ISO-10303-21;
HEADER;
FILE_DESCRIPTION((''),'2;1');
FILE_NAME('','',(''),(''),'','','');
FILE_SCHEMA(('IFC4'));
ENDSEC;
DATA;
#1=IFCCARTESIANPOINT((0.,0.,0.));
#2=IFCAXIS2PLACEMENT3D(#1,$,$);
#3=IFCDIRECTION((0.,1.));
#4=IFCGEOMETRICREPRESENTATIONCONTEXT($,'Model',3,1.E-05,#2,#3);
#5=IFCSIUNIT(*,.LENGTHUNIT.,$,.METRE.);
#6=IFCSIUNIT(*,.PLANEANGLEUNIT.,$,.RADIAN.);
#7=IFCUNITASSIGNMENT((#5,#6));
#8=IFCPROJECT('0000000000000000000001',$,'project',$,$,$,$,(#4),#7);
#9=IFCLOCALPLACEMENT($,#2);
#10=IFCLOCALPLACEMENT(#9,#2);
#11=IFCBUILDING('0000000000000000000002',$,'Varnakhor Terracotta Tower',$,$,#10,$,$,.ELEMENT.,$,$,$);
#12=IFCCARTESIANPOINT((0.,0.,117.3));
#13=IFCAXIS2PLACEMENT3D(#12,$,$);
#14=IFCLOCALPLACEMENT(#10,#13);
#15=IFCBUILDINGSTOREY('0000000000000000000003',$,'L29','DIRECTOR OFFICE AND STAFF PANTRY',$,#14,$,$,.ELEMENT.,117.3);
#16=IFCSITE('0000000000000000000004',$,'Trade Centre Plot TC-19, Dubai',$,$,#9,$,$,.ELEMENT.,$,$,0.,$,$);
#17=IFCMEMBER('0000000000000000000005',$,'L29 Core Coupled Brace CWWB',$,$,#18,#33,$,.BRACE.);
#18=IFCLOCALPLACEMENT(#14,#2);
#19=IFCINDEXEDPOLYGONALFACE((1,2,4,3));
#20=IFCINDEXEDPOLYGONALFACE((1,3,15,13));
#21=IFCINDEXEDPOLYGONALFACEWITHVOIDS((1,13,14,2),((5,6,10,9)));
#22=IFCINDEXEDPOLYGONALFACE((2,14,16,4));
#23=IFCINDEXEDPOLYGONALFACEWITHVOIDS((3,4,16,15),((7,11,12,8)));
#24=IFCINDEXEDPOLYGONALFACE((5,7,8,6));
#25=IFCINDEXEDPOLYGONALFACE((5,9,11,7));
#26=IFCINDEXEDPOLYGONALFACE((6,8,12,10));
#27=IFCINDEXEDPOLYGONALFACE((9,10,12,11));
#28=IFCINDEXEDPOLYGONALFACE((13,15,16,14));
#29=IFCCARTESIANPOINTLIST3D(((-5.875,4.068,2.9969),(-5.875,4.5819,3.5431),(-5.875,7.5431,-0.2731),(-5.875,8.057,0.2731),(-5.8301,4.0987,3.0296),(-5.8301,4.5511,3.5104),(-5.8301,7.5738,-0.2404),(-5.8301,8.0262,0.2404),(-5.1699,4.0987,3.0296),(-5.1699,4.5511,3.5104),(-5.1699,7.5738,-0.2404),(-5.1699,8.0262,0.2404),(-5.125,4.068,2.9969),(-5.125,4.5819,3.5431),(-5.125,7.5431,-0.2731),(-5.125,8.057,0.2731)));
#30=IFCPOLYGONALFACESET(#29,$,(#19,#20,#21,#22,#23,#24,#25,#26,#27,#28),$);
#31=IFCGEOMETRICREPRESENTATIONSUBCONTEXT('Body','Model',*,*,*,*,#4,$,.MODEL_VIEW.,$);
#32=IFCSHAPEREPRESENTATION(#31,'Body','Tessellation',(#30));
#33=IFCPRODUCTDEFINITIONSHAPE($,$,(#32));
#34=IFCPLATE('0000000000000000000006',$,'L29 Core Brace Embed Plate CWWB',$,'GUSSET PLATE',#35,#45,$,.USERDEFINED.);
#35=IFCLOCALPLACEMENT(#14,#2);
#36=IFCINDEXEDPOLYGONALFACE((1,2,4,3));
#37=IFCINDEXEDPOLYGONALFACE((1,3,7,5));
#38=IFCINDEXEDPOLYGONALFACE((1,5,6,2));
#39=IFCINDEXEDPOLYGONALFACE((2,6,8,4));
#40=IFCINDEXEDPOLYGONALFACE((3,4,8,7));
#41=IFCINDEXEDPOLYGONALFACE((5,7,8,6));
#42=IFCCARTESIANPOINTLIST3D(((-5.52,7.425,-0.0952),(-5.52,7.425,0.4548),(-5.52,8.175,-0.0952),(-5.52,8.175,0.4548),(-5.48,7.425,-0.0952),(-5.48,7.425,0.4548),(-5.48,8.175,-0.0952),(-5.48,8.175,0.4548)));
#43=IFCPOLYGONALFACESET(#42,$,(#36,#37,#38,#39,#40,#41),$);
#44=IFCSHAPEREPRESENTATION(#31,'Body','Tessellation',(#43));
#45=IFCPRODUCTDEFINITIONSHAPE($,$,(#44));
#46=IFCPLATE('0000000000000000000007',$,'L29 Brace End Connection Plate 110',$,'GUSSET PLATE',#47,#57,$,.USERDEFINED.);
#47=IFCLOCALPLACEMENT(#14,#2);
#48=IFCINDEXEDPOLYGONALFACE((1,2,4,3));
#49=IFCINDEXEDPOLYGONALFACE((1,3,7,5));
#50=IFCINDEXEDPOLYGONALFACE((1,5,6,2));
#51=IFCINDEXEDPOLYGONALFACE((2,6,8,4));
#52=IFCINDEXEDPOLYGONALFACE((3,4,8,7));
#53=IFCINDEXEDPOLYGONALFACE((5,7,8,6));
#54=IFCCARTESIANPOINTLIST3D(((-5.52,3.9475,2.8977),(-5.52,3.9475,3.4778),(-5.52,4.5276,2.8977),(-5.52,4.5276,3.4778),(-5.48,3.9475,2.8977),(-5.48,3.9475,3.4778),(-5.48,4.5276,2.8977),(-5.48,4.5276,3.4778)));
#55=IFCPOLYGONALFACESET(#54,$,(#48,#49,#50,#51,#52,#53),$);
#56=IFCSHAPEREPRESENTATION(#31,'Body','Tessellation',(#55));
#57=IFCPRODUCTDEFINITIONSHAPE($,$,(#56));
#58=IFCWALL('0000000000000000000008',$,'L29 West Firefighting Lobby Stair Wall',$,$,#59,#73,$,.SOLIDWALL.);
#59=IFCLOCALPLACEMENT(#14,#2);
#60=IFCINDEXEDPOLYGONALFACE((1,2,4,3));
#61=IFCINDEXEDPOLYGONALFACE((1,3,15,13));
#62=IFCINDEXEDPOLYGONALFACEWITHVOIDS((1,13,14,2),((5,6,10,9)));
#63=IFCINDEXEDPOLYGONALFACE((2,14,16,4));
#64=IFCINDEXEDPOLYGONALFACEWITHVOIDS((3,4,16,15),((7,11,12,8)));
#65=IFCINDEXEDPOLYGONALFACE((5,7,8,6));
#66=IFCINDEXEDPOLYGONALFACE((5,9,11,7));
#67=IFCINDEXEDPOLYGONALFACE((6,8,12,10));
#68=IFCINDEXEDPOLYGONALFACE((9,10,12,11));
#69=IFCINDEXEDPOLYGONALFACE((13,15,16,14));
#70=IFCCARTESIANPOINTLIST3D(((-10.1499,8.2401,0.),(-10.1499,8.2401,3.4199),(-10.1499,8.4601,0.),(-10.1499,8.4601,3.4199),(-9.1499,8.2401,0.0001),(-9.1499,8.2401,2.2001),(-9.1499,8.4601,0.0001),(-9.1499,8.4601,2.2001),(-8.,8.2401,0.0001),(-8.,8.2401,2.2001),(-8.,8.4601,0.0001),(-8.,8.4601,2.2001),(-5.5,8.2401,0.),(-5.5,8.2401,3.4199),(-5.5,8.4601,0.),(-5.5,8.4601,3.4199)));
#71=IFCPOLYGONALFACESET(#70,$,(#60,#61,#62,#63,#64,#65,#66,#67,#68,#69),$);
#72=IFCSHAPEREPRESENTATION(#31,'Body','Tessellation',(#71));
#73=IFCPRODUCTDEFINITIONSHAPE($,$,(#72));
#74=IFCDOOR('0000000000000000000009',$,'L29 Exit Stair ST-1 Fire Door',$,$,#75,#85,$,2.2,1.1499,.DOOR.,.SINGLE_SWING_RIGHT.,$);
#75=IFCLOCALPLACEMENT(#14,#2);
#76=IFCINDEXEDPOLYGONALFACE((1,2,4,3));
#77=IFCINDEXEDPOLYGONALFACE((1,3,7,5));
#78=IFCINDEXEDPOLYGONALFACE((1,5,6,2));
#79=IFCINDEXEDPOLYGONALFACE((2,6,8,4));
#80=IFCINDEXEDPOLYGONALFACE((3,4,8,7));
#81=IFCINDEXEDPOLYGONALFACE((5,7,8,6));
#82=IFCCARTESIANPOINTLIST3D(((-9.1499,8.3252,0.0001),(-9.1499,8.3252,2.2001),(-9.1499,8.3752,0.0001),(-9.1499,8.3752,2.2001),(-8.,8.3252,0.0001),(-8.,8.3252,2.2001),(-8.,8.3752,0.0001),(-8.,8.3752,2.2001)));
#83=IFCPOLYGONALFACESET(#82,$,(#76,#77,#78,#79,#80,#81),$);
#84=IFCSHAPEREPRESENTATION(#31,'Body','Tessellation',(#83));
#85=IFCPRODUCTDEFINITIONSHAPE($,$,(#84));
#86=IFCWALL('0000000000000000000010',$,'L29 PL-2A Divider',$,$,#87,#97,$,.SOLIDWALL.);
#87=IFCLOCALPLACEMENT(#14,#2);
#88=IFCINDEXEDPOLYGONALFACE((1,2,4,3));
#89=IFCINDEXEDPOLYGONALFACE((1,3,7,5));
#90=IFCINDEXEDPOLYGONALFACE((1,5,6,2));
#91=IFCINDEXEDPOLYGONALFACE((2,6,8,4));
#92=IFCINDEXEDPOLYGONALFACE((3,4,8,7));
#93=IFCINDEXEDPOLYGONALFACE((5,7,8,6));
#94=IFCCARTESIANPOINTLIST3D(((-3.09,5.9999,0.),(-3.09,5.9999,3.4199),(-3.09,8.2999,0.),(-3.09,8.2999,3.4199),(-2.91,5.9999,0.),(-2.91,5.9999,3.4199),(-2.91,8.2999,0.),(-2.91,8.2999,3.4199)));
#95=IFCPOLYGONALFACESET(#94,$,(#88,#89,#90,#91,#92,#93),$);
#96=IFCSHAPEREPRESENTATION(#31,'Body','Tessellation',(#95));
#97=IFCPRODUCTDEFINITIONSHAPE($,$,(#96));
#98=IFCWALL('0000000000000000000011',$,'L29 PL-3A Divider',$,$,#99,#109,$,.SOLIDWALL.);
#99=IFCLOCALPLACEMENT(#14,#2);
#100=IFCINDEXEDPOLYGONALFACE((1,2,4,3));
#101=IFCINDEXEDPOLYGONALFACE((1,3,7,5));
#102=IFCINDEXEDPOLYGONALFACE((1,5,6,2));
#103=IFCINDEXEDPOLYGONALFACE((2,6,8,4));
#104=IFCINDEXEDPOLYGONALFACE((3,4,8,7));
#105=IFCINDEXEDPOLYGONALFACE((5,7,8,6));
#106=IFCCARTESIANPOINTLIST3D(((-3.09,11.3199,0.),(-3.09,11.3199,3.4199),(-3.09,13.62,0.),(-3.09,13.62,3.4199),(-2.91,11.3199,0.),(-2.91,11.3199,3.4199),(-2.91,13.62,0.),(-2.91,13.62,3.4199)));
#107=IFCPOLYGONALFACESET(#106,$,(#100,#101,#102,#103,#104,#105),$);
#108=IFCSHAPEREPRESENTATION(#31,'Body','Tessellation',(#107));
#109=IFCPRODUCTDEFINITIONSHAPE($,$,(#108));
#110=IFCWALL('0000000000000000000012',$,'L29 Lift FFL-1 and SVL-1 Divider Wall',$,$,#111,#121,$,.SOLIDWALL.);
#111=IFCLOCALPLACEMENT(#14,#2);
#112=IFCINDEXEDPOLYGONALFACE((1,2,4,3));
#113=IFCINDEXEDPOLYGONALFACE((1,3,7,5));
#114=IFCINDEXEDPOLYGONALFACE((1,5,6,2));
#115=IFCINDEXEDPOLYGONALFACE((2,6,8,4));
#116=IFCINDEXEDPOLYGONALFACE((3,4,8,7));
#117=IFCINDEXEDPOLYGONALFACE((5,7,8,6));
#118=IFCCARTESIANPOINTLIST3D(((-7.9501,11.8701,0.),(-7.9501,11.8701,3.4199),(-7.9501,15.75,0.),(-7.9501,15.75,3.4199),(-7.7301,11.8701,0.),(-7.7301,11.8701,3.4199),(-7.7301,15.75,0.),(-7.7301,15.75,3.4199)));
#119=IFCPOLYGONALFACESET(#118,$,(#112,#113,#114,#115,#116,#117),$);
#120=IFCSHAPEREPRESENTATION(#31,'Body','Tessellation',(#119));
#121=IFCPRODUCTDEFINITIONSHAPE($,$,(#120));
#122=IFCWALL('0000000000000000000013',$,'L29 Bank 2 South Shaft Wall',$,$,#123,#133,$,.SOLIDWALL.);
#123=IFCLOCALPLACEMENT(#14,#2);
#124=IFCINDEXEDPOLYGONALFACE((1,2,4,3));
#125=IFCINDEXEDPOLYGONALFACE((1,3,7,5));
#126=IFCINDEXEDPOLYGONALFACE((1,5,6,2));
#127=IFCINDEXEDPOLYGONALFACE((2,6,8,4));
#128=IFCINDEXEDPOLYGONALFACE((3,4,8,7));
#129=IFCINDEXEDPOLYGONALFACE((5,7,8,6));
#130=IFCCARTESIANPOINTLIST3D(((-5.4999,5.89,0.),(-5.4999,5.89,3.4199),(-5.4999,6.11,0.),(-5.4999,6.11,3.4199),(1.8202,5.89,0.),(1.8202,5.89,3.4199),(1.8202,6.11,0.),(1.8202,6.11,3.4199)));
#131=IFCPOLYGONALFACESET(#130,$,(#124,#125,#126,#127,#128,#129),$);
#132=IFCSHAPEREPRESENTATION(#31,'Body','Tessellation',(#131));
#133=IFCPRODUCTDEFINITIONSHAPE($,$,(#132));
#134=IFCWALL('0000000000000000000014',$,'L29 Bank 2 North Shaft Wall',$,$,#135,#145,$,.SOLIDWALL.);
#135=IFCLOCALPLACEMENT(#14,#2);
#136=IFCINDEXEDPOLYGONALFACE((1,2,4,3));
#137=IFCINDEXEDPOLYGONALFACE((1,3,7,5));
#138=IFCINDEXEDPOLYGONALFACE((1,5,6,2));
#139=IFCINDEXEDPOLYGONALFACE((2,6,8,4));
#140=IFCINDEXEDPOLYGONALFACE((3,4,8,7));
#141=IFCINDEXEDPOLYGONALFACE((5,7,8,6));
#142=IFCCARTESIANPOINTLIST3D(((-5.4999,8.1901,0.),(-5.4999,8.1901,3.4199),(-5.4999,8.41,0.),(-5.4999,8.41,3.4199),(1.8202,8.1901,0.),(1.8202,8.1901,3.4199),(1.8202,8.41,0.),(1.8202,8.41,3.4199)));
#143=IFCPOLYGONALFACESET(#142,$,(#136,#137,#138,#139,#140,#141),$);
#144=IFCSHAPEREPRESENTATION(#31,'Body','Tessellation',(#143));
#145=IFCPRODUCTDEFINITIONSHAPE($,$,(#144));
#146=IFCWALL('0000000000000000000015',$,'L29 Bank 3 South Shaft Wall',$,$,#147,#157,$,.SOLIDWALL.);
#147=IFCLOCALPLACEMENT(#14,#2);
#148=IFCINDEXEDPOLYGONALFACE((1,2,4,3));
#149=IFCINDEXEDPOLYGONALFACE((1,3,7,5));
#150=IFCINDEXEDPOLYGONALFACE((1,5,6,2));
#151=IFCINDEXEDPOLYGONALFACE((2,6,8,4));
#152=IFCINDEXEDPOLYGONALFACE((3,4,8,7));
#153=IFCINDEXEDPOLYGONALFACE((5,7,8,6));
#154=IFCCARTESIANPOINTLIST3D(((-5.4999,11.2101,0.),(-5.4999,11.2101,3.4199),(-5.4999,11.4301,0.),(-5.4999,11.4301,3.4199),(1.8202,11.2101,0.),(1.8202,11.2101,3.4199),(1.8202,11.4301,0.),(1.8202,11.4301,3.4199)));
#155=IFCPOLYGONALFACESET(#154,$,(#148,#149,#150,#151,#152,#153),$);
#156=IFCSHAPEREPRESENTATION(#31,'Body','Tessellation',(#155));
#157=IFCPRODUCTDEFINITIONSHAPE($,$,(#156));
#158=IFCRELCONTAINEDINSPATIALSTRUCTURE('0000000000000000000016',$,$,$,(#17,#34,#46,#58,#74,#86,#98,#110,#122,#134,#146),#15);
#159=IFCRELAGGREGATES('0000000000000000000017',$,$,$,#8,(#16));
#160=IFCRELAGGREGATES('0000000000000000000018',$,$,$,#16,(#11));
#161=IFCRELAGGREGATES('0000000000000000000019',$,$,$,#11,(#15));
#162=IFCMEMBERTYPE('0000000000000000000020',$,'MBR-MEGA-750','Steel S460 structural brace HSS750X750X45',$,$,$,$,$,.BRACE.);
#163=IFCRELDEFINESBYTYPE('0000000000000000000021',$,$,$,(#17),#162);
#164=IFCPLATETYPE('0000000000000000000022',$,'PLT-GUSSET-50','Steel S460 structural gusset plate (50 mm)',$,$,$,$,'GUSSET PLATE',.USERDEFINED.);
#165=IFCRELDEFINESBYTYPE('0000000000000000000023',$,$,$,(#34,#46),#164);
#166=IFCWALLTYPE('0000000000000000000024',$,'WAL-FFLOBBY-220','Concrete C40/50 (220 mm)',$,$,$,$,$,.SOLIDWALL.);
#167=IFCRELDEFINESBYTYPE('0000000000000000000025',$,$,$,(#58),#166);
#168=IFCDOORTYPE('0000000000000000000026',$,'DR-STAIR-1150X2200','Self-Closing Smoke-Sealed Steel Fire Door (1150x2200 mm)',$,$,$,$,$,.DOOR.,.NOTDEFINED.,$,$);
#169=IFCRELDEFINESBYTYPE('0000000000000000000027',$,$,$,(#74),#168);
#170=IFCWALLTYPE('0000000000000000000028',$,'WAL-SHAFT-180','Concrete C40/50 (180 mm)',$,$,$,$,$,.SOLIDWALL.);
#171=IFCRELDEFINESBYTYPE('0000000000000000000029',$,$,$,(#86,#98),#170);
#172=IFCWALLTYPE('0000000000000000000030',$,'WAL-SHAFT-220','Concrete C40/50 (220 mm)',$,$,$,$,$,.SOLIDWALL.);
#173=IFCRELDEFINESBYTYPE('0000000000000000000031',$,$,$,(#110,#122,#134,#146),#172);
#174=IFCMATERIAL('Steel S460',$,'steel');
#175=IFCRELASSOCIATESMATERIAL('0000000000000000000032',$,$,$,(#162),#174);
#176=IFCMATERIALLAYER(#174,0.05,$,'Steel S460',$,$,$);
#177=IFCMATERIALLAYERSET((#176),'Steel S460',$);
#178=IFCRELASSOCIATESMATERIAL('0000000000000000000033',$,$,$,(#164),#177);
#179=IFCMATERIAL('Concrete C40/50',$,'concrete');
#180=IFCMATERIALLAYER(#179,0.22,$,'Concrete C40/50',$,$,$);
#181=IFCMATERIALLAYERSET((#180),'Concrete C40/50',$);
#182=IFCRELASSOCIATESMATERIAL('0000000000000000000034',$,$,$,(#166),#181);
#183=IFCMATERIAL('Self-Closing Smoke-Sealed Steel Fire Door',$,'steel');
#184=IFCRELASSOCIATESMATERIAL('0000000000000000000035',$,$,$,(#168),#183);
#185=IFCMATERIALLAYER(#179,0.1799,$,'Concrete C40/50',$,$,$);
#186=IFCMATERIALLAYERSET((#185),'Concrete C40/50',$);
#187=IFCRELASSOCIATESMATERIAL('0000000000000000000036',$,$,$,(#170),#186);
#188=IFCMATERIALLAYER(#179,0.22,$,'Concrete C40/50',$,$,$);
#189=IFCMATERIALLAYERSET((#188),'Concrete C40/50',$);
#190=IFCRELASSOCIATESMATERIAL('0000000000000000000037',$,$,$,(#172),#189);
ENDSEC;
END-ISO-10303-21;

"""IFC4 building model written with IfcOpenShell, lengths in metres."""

from ifc_helpers import new_model, si_unit, direction, frame, frame_2d, origin, origin_2d, place, context, subcontext, project, spatial, rectangle, hollow_rectangle, extrude, source, transform, mapped, material, layer, layer_set, material_profile, profile_set, type_object, type_shapes, element, fill, save


model = new_model("IFC4")

# Units and contexts
model_context = context("Model", 3, precision=1e-05, world=origin(), true_north=direction((0.0, 1.0)))
body_context = subcontext(model_context, "Body", "Model", "MODEL_VIEW")
ifc_project = project(units=[si_unit("LENGTHUNIT", "METRE"), si_unit("PLANEANGLEUNIT", "RADIAN")], contexts=[model_context])

# Site, building, storey
site_placement = place(None, origin())
site = spatial("IfcSite", under=ifc_project, at=site_placement, Name="Trade Centre Plot TC-19, Dubai", CompositionType="ELEMENT", RefElevation=0.0)
building_placement = place(site_placement, origin())
building = spatial("IfcBuilding", under=site, at=building_placement, Name="Varnakhor Terracotta Tower", CompositionType="ELEMENT")
storey_placement = place(building_placement, frame((0.0, 0.0, 117.3)))
storey = spatial("IfcBuildingStorey", under=building, at=storey_placement, Name="L29", Description="DIRECTOR OFFICE AND STAFF PANTRY", CompositionType="ELEMENT", Elevation=117.3)

# Member
ifc_material_1 = material(Name="Steel S460", Category="steel")
ifc_material_profile = material_profile(ifc_material_1, hollow_rectangle(XDim=0.75, YDim=0.75, WallThickness=0.0449, at=origin_2d()), Name="HSS750X750X45")
ifc_profile_set = profile_set([ifc_material_profile], Name="Steel S460")
member_type = type_object("IfcMemberType", Name="MBR-MEGA-750", Description="Steel S460 structural brace HSS750X750X45", PredefinedType="BRACE", material=ifc_profile_set)
shared_shape_1 = source(origin(), body_context, "Body", "SweptSolid", [
    extrude(hollow_rectangle(XDim=0.75, YDim=0.75, WallThickness=0.0449, at=origin_2d()), origin(), (0.0, 0.0, 1.0), 4.7717),
])
member_placement = place(storey_placement, frame((-5.5, 7.8, 0.0), z_axis=(0.0, -0.728269, 0.685291), x_axis=(1.0, 0.0, 0.0)))
element("IfcMember", 1, at=member_placement, inside=storey, type_object=member_type, Name="L29 Core Coupled Brace CWWB", PredefinedType="BRACE", context=body_context, shape_type="MappedRepresentation", body=[
    mapped(shared_shape_1, transform((0.0, 0.0, 0.0), scale=1.0)),
])

# Plates
ifc_layer_1 = layer(ifc_material_1, 0.05, Name="Steel S460")
ifc_layer_set_1 = layer_set([ifc_layer_1], Name="Steel S460")
plate_type = type_object("IfcPlateType", Name="PLT-GUSSET-50", Description="Steel S460 structural gusset plate (50 mm)", ElementType="GUSSET PLATE", PredefinedType="USERDEFINED", material=ifc_layer_set_1)
shared_shape_2 = source(origin(), body_context, "Body", "SweptSolid", [
    extrude(rectangle(XDim=0.75, YDim=0.04, at=origin_2d()), origin(), (0.0, 0.0, 1.0), 0.55),
])
type_shapes(plate_type, [shared_shape_2])
plate_1_placement = place(storey_placement, frame((-5.5, 7.8, -0.0952), z_axis=(0.0, 0.0, 1.0), x_axis=(0.0, 1.0, 0.0)))
element("IfcPlate", 2, at=plate_1_placement, inside=storey, type_object=plate_type, Name="L29 Core Brace Embed Plate CWWB", ObjectType="GUSSET PLATE", PredefinedType="USERDEFINED", context=body_context, shape_type="MappedRepresentation", body=[
    mapped(shared_shape_2, transform((0.0, 0.0, 0.0), scale=1.0)),
])
shared_shape_3 = source(origin(), body_context, "Body", "SweptSolid", [
    extrude(rectangle(XDim=0.5801, YDim=0.04, at=origin_2d()), origin(), (0.0, 0.0, 1.0), 0.5801),
])
plate_2_placement = place(storey_placement, frame((-5.5, 4.2375, 2.8977), z_axis=(0.0, 0.0, 1.0), x_axis=(0.0, 1.0, 0.0)))
element("IfcPlate", 3, at=plate_2_placement, inside=storey, type_object=plate_type, Name="L29 Brace End Connection Plate 110", ObjectType="GUSSET PLATE", PredefinedType="USERDEFINED", context=body_context, shape_type="MappedRepresentation", body=[
    mapped(shared_shape_3, transform((0.0, 0.0, 0.0), scale=1.0)),
])

# Wall, opening, door
ifc_material_2 = material(Name="Concrete C40/50", Category="concrete")
ifc_layer_2 = layer(ifc_material_2, 0.22, Name="Concrete C40/50")
ifc_layer_set_2 = layer_set([ifc_layer_2], Name="Concrete C40/50")
wall_type_1 = type_object("IfcWallType", Name="WAL-FFLOBBY-220", Description="Concrete C40/50 (220 mm)", PredefinedType="SOLIDWALL", material=ifc_layer_set_2)
wall_1_placement = place(storey_placement, frame((-5.5, 8.3501, 0.0), z_axis=(0.0, 0.0, 1.0), x_axis=(-1.0, 0.0, 0.0)))
wall_1 = element("IfcWall", 4, at=wall_1_placement, inside=storey, type_object=wall_type_1, Name="L29 West Firefighting Lobby Stair Wall", PredefinedType="SOLIDWALL", context=body_context, shape_type="SweptSolid", body=[
    extrude(rectangle(XDim=4.6499, YDim=0.22, at=frame_2d((2.325, 0.0))), origin(), (0.0, 0.0, 1.0), 3.4199),
])
opening_placement = place(wall_1_placement, frame((2.5, 0.0, 0.0)))
opening = element("IfcOpeningElement", 5, at=opening_placement, cuts=wall_1, PredefinedType="OPENING", context=body_context, shape_type="SweptSolid", body=[
    extrude(rectangle(XDim=1.1499, YDim=2.2, at=frame_2d((0.575, 1.1001))), frame((0.0, 0.1201, 0.0), z_axis=(0.0, -1.0, 0.0), x_axis=(1.0, 0.0, 0.0)), (0.0, 0.0, 1.0), 0.24),
])
ifc_material_3 = material(Name="Self-Closing Smoke-Sealed Steel Fire Door", Category="steel")
door_type = type_object("IfcDoorType", Name="DR-STAIR-1150X2200", Description="Self-Closing Smoke-Sealed Steel Fire Door (1150x2200 mm)", OperationType="NOTDEFINED", PredefinedType="DOOR", material=ifc_material_3)
shared_shape_4 = source(origin(), body_context, "Body", "SweptSolid", [
    extrude(rectangle(XDim=1.1499, YDim=2.2, at=frame_2d((0.575, 1.1001))), frame((0.0, 0.0249, 0.0), z_axis=(0.0, -1.0, 0.0), x_axis=(1.0, 0.0, 0.0)), (0.0, 0.0, 1.0), 0.05),
])
type_shapes(door_type, [shared_shape_4])
door_placement = place(opening_placement, origin())
door = element("IfcDoor", 6, at=door_placement, inside=storey, type_object=door_type, Name="L29 Exit Stair ST-1 Fire Door", OperationType="SINGLE_SWING_RIGHT", OverallHeight=2.2, OverallWidth=1.1499, PredefinedType="DOOR", context=body_context, shape_type="MappedRepresentation", body=[
    mapped(shared_shape_4, transform((0.0, 0.0, 0.0), scale=1.0)),
])
fill(opening, door)

# Walls
ifc_layer_3 = layer(ifc_material_2, 0.1799, Name="Concrete C40/50")
ifc_layer_set_3 = layer_set([ifc_layer_3], Name="Concrete C40/50")
wall_type_2 = type_object("IfcWallType", Name="WAL-SHAFT-180", Description="Concrete C40/50 (180 mm)", PredefinedType="SOLIDWALL", material=ifc_layer_set_3)
for number, where, z_axis, x_axis, name in (
    (7, (-3.0, 6.0, 0.0), (0.0, 0.0, 1.0), (0.0, 1.0, 0.0), "L29 PL-2A Divider"),
    (8, (-3.0, 11.3201, 0.0), (0.0, 0.0, 1.0), (0.0, 1.0, 0.0), "L29 PL-3A Divider"),
):
    element("IfcWall", number, at=place(storey_placement, frame(where, z_axis=z_axis, x_axis=x_axis)), inside=storey, type_object=wall_type_2, Name=name, PredefinedType="SOLIDWALL", context=body_context, shape_type="SweptSolid", body=[
        extrude(rectangle(XDim=2.3, YDim=0.1799, at=frame_2d((1.1499, 0.0))), origin(), (0.0, 0.0, 1.0), 3.4199),
    ])
ifc_layer_4 = layer(ifc_material_2, 0.22, Name="Concrete C40/50")
ifc_layer_set_4 = layer_set([ifc_layer_4], Name="Concrete C40/50")
wall_type_3 = type_object("IfcWallType", Name="WAL-SHAFT-220", Description="Concrete C40/50 (220 mm)", PredefinedType="SOLIDWALL", material=ifc_layer_set_4)
wall_2_placement = place(storey_placement, frame((-7.8401, 11.8701, 0.0), z_axis=(0.0, 0.0, 1.0), x_axis=(0.0, 1.0, 0.0)))
element("IfcWall", 9, at=wall_2_placement, inside=storey, type_object=wall_type_3, Name="L29 Lift FFL-1 and SVL-1 Divider Wall", PredefinedType="SOLIDWALL", context=body_context, shape_type="SweptSolid", body=[
    extrude(rectangle(XDim=3.8799, YDim=0.22, at=frame_2d((1.9399, 0.0))), origin(), (0.0, 0.0, 1.0), 3.4199),
])
for number, where, z_axis, x_axis, name in (
    (10, (-5.5, 6.0, 0.0), (0.0, 0.0, 1.0), (1.0, 0.0, 0.0), "L29 Bank 2 South Shaft Wall"),
    (11, (-5.5, 8.3, 0.0), (0.0, 0.0, 1.0), (1.0, 0.0, 0.0), "L29 Bank 2 North Shaft Wall"),
    (12, (-5.5, 11.3201, 0.0), (0.0, 0.0, 1.0), (1.0, 0.0, 0.0), "L29 Bank 3 South Shaft Wall"),
):
    element("IfcWall", number, at=place(storey_placement, frame(where, z_axis=z_axis, x_axis=x_axis)), inside=storey, type_object=wall_type_3, Name=name, PredefinedType="SOLIDWALL", context=body_context, shape_type="SweptSolid", body=[
        extrude(rectangle(XDim=7.3201, YDim=0.22, at=frame_2d((3.6602, 0.0))), origin(), (0.0, 0.0, 1.0), 3.4199),
    ])

save(model, "model.ifc")
